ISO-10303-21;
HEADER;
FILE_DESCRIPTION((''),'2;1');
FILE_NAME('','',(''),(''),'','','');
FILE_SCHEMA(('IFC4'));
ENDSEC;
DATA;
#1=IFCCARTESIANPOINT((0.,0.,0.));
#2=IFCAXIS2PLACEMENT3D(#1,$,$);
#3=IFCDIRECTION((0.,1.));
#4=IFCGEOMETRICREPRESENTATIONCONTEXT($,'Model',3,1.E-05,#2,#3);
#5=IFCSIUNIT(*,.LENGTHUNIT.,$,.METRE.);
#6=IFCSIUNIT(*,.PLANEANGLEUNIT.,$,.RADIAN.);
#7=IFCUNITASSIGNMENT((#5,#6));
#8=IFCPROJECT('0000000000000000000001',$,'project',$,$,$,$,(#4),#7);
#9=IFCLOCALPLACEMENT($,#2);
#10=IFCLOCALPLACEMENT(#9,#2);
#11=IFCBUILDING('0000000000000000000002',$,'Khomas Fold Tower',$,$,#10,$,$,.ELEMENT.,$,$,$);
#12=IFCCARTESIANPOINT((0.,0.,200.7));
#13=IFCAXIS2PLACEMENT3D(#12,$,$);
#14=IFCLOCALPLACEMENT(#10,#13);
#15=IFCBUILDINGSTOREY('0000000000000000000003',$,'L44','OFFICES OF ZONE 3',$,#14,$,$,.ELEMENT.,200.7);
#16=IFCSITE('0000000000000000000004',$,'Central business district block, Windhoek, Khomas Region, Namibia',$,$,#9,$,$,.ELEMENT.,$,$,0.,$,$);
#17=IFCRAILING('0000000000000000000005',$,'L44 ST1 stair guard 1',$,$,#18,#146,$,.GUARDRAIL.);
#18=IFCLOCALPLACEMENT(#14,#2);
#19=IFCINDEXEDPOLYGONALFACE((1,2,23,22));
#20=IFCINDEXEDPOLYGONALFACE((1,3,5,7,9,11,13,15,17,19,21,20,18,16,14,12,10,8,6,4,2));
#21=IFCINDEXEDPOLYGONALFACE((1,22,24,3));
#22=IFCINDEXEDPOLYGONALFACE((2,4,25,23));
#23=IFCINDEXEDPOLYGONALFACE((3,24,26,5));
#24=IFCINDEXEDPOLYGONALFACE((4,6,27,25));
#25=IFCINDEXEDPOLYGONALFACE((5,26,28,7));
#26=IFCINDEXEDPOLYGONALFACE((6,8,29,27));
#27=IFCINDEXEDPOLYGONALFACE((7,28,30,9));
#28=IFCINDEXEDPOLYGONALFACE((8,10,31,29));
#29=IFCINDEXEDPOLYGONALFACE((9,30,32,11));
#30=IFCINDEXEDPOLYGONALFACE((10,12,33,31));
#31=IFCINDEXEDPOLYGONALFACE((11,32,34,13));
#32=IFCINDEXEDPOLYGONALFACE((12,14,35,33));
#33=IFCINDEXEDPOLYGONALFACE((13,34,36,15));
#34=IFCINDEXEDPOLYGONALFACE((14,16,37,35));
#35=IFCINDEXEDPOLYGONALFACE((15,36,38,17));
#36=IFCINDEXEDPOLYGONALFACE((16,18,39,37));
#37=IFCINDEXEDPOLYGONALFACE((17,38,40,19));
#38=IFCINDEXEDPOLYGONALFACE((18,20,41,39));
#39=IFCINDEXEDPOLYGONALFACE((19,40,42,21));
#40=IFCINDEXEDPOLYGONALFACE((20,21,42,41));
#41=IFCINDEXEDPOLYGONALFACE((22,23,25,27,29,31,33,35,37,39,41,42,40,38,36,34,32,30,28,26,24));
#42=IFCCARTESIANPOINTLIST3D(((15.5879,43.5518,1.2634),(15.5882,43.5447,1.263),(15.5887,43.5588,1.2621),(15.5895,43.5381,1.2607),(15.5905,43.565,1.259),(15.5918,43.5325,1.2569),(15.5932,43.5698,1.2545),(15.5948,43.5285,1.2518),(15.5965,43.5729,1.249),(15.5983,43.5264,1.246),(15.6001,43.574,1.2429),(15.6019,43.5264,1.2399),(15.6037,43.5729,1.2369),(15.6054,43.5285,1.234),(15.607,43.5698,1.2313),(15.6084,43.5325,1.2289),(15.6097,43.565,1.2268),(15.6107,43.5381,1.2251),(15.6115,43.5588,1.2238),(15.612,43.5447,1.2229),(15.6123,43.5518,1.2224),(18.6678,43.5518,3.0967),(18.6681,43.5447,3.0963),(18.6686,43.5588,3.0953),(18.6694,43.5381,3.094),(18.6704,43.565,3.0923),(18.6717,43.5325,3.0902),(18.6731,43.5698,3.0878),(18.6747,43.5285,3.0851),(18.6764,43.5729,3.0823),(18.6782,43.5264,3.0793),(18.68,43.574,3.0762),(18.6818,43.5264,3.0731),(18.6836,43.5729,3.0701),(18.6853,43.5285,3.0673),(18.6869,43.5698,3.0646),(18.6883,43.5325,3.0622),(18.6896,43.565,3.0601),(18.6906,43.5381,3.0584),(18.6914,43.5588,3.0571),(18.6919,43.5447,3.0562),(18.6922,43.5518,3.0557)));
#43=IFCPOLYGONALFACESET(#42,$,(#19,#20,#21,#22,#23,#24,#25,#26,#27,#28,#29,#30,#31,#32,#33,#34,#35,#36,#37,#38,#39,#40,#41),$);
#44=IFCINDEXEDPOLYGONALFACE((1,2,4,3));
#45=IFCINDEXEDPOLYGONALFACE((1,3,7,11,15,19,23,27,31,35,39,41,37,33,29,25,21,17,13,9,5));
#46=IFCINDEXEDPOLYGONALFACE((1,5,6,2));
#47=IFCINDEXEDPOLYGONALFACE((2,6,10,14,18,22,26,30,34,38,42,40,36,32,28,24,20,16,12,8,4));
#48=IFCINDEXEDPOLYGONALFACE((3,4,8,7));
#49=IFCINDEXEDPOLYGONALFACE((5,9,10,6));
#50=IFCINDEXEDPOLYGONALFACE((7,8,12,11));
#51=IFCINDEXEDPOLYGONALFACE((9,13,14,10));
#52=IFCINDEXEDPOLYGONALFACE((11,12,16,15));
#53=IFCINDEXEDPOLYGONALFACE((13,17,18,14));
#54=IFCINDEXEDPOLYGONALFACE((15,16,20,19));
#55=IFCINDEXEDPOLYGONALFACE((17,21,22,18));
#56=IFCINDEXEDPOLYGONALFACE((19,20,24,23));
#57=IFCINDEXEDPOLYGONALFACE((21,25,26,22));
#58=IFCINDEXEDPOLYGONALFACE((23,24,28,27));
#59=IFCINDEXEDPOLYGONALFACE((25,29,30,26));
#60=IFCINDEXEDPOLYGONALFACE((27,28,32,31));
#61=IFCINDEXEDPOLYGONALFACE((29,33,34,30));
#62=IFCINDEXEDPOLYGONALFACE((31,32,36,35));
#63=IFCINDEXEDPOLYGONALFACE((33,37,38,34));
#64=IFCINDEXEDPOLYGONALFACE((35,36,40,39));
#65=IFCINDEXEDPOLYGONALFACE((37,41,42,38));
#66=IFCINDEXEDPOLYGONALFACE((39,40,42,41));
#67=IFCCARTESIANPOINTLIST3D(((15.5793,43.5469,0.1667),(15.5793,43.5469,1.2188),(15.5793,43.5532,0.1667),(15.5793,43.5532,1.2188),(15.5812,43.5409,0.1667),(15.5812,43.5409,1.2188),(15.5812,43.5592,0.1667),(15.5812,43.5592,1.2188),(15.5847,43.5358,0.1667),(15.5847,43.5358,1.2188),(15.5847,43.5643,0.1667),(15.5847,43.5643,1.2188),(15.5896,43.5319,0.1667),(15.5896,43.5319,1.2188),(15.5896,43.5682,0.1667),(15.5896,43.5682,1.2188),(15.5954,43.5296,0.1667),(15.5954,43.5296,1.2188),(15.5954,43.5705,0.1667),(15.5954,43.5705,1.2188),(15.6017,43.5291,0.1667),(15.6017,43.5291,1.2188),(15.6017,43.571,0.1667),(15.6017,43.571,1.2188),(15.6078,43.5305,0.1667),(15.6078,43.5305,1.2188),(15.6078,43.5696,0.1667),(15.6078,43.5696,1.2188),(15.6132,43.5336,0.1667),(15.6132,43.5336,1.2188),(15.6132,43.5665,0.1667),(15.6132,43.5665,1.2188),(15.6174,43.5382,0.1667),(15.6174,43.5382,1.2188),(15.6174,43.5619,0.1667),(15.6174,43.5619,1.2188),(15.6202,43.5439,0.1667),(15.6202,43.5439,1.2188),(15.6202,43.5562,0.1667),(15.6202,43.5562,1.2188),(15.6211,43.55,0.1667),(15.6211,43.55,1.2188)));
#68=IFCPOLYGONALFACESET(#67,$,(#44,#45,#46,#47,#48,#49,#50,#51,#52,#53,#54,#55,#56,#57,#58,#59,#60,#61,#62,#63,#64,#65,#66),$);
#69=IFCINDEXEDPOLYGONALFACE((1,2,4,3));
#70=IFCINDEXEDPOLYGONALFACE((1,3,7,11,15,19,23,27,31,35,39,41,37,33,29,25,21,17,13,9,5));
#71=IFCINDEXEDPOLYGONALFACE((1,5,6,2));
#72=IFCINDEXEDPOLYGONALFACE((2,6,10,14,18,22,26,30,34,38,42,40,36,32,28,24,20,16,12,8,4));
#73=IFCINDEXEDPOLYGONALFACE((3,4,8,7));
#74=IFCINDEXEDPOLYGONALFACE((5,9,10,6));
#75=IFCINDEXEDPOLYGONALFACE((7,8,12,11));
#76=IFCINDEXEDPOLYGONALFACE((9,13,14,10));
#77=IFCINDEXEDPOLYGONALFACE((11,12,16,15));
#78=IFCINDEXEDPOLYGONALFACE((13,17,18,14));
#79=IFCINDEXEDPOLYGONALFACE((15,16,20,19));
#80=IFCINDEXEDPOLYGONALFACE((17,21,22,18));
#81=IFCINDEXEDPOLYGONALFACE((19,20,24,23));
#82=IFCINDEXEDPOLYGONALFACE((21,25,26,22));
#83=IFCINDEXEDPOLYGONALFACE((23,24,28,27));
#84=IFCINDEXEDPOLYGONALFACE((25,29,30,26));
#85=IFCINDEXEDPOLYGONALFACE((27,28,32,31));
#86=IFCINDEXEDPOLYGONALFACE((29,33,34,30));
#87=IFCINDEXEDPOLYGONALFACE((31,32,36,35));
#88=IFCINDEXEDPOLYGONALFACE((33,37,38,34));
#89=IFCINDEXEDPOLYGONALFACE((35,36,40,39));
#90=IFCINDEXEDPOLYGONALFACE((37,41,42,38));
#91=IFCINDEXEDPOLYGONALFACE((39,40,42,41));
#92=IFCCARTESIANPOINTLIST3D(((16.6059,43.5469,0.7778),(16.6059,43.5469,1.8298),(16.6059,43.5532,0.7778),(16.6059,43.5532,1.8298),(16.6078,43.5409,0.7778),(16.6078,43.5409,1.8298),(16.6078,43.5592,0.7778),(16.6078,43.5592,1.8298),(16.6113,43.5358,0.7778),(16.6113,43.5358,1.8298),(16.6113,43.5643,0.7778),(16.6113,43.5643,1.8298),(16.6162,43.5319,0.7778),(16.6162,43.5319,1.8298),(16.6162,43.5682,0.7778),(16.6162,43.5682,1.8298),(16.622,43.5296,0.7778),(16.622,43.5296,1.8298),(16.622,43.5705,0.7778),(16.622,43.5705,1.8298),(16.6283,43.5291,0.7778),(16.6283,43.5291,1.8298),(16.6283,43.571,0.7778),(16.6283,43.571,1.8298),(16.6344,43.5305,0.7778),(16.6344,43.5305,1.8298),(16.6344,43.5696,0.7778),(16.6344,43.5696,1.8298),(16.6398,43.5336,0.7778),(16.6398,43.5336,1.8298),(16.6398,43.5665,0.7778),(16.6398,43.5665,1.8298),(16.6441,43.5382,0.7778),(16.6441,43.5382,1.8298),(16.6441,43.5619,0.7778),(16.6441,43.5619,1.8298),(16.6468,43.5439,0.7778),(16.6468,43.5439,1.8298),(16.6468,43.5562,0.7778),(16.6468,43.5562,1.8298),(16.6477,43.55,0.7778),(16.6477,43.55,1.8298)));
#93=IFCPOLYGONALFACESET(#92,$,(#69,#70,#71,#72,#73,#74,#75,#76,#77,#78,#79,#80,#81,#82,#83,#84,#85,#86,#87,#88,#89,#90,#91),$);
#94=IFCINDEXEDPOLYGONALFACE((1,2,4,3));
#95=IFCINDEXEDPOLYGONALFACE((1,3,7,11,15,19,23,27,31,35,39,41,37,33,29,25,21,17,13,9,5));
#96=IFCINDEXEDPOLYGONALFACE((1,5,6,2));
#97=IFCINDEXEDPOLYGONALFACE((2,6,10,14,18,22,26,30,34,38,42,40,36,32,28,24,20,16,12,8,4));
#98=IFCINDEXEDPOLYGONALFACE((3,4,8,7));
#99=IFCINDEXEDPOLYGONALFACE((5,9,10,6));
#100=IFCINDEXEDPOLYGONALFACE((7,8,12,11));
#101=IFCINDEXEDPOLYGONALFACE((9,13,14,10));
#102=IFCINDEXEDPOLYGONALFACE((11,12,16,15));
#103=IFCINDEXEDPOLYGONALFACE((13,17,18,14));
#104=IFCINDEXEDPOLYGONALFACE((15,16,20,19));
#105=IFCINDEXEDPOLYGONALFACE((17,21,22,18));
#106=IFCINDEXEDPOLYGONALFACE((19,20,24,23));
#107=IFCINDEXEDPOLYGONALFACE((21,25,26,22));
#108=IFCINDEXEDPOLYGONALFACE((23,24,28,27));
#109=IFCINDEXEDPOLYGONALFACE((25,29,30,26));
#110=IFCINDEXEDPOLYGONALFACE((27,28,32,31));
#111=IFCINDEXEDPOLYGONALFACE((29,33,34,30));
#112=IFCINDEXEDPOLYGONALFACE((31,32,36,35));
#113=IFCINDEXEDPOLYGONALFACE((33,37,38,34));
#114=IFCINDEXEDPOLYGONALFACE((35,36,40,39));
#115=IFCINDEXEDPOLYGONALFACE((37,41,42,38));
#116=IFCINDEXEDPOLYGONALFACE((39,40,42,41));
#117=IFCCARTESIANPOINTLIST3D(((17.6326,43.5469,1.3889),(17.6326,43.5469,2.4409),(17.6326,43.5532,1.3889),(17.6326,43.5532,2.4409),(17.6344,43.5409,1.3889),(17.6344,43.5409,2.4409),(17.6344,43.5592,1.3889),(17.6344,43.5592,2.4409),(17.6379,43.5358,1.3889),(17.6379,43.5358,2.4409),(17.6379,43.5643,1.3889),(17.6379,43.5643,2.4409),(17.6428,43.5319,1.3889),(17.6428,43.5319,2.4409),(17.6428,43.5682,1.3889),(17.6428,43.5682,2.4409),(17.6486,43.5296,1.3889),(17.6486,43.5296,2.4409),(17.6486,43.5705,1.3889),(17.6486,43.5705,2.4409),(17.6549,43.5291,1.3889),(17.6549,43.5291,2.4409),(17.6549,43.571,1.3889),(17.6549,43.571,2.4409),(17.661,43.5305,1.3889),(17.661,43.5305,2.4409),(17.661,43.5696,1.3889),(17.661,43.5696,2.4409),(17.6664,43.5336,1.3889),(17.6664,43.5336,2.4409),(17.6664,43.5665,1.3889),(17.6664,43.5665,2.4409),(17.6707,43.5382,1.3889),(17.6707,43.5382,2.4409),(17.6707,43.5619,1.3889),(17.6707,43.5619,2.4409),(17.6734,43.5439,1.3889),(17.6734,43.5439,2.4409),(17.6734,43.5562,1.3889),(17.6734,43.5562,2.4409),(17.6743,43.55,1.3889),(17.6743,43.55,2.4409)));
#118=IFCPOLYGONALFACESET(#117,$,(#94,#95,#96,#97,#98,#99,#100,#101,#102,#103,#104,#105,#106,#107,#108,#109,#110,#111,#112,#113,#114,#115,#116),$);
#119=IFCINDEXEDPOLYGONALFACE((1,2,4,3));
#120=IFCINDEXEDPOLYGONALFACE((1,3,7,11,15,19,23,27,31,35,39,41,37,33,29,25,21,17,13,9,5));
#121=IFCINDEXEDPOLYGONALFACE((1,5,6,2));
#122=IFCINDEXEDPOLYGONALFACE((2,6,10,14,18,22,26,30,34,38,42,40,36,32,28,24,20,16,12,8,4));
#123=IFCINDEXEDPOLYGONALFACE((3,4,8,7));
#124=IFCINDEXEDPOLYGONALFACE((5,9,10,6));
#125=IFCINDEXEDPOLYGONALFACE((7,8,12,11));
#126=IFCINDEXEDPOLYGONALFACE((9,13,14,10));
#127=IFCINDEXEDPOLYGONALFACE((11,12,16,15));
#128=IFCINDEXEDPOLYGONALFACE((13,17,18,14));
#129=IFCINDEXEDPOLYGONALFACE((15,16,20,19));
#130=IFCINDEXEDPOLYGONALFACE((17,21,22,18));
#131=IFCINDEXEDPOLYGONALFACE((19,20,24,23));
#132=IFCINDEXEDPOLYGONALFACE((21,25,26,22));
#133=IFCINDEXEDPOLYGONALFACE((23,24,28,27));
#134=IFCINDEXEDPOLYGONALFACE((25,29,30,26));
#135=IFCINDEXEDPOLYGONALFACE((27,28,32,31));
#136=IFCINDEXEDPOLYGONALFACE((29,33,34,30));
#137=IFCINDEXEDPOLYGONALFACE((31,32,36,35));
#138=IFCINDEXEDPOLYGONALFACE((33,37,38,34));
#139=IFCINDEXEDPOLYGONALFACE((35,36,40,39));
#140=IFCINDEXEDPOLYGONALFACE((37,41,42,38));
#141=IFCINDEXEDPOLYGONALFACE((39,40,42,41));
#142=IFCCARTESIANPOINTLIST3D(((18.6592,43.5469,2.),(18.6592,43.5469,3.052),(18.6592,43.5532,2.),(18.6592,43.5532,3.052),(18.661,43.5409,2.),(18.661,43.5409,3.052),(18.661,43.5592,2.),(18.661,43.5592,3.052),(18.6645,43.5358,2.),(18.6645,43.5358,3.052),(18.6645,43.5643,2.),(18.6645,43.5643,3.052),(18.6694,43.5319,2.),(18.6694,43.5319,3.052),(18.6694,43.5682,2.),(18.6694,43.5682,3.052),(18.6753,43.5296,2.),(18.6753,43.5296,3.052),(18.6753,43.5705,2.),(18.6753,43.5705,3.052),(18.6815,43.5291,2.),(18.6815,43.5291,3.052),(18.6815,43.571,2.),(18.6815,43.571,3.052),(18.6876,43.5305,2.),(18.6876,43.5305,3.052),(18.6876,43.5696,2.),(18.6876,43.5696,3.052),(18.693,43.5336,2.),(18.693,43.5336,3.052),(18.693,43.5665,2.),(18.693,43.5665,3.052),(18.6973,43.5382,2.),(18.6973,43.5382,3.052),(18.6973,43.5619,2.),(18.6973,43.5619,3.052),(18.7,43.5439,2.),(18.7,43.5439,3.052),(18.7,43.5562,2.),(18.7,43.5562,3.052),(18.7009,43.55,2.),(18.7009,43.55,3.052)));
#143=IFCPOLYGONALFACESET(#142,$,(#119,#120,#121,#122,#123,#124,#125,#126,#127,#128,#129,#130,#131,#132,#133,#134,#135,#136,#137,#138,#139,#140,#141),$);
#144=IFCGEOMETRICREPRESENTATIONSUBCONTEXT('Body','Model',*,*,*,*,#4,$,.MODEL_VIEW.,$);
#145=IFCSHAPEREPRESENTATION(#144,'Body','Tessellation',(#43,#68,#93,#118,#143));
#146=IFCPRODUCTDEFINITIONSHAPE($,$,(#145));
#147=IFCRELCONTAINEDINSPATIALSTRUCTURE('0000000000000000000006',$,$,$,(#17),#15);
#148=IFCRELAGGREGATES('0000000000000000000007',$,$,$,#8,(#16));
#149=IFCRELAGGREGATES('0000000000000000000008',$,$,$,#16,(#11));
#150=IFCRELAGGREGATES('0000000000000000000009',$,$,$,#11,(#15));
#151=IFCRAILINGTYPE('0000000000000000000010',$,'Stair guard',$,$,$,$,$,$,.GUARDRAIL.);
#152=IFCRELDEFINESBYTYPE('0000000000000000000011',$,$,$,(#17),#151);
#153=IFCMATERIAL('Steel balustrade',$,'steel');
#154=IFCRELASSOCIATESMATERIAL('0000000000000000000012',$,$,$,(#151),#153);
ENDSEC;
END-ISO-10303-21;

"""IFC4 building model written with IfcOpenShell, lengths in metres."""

from ifc_helpers import new_model, si_unit, direction, frame, origin, origin_2d, place, context, subcontext, project, spatial, circle, extrude, source, transform, mapped, material, type_object, element, save


model = new_model("IFC4")

# Units and contexts
model_context = context("Model", 3, precision=1e-05, world=origin(), true_north=direction((0.0, 1.0)))
body_context = subcontext(model_context, "Body", "Model", "MODEL_VIEW")
ifc_project = project(units=[si_unit("LENGTHUNIT", "METRE"), si_unit("PLANEANGLEUNIT", "RADIAN")], contexts=[model_context])

# Site, building, storey
site_placement = place(None, origin())
site = spatial("IfcSite", under=ifc_project, at=site_placement, Name="Central business district block, Windhoek, Khomas Region, Namibia", CompositionType="ELEMENT", RefElevation=0.0)
building_placement = place(site_placement, origin())
building = spatial("IfcBuilding", under=site, at=building_placement, Name="Khomas Fold Tower", CompositionType="ELEMENT")
storey_placement = place(building_placement, frame((0.0, 0.0, 200.7)))
storey = spatial("IfcBuildingStorey", under=building, at=storey_placement, Name="L44", Description="OFFICES OF ZONE 3", CompositionType="ELEMENT", Elevation=200.7)

# Railing
ifc_material_1 = material(Name="Steel balustrade", Category="steel")
railing_type_1 = type_object("IfcRailingType", Name="Stair guard", PredefinedType="GUARDRAIL", material=ifc_material_1)
shared_shape_1 = source(origin(), body_context, "Body", "SweptSolid", [
    extrude(circle(Radius=0.0239, at=origin_2d()), frame((0.0, 0.0, 1.0762), z_axis=(0.859291, 0.0, 0.511487), x_axis=(0.0, 1.0, 0.0)), (0.0, 0.0, 1.0), 3.5842),
    extrude(circle(Radius=0.021, at=origin_2d()), origin(), (0.0, 0.0, 1.0), 1.052),
    extrude(circle(Radius=0.021, at=origin_2d()), frame((1.0266, 0.0, 0.6111)), (0.0, 0.0, 1.0), 1.052),
    extrude(circle(Radius=0.021, at=origin_2d()), frame((2.0532, 0.0, 1.2222)), (0.0, 0.0, 1.0), 1.052),
    extrude(circle(Radius=0.021, at=origin_2d()), frame((3.0798, 0.0, 1.8333)), (0.0, 0.0, 1.0), 1.052),
])
railing_1_placement = place(storey_placement, frame((15.6001, 43.55, 0.1667)))
element("IfcRailing", 1, at=railing_1_placement, inside=storey, type_object=railing_type_1, Name="L44 ST1 stair guard 1", PredefinedType="GUARDRAIL", context=body_context, shape_type="MappedRepresentation", body=[
    mapped(shared_shape_1, transform((0.0, 0.0, 0.0))),
])

save(model, "model.ifc")
